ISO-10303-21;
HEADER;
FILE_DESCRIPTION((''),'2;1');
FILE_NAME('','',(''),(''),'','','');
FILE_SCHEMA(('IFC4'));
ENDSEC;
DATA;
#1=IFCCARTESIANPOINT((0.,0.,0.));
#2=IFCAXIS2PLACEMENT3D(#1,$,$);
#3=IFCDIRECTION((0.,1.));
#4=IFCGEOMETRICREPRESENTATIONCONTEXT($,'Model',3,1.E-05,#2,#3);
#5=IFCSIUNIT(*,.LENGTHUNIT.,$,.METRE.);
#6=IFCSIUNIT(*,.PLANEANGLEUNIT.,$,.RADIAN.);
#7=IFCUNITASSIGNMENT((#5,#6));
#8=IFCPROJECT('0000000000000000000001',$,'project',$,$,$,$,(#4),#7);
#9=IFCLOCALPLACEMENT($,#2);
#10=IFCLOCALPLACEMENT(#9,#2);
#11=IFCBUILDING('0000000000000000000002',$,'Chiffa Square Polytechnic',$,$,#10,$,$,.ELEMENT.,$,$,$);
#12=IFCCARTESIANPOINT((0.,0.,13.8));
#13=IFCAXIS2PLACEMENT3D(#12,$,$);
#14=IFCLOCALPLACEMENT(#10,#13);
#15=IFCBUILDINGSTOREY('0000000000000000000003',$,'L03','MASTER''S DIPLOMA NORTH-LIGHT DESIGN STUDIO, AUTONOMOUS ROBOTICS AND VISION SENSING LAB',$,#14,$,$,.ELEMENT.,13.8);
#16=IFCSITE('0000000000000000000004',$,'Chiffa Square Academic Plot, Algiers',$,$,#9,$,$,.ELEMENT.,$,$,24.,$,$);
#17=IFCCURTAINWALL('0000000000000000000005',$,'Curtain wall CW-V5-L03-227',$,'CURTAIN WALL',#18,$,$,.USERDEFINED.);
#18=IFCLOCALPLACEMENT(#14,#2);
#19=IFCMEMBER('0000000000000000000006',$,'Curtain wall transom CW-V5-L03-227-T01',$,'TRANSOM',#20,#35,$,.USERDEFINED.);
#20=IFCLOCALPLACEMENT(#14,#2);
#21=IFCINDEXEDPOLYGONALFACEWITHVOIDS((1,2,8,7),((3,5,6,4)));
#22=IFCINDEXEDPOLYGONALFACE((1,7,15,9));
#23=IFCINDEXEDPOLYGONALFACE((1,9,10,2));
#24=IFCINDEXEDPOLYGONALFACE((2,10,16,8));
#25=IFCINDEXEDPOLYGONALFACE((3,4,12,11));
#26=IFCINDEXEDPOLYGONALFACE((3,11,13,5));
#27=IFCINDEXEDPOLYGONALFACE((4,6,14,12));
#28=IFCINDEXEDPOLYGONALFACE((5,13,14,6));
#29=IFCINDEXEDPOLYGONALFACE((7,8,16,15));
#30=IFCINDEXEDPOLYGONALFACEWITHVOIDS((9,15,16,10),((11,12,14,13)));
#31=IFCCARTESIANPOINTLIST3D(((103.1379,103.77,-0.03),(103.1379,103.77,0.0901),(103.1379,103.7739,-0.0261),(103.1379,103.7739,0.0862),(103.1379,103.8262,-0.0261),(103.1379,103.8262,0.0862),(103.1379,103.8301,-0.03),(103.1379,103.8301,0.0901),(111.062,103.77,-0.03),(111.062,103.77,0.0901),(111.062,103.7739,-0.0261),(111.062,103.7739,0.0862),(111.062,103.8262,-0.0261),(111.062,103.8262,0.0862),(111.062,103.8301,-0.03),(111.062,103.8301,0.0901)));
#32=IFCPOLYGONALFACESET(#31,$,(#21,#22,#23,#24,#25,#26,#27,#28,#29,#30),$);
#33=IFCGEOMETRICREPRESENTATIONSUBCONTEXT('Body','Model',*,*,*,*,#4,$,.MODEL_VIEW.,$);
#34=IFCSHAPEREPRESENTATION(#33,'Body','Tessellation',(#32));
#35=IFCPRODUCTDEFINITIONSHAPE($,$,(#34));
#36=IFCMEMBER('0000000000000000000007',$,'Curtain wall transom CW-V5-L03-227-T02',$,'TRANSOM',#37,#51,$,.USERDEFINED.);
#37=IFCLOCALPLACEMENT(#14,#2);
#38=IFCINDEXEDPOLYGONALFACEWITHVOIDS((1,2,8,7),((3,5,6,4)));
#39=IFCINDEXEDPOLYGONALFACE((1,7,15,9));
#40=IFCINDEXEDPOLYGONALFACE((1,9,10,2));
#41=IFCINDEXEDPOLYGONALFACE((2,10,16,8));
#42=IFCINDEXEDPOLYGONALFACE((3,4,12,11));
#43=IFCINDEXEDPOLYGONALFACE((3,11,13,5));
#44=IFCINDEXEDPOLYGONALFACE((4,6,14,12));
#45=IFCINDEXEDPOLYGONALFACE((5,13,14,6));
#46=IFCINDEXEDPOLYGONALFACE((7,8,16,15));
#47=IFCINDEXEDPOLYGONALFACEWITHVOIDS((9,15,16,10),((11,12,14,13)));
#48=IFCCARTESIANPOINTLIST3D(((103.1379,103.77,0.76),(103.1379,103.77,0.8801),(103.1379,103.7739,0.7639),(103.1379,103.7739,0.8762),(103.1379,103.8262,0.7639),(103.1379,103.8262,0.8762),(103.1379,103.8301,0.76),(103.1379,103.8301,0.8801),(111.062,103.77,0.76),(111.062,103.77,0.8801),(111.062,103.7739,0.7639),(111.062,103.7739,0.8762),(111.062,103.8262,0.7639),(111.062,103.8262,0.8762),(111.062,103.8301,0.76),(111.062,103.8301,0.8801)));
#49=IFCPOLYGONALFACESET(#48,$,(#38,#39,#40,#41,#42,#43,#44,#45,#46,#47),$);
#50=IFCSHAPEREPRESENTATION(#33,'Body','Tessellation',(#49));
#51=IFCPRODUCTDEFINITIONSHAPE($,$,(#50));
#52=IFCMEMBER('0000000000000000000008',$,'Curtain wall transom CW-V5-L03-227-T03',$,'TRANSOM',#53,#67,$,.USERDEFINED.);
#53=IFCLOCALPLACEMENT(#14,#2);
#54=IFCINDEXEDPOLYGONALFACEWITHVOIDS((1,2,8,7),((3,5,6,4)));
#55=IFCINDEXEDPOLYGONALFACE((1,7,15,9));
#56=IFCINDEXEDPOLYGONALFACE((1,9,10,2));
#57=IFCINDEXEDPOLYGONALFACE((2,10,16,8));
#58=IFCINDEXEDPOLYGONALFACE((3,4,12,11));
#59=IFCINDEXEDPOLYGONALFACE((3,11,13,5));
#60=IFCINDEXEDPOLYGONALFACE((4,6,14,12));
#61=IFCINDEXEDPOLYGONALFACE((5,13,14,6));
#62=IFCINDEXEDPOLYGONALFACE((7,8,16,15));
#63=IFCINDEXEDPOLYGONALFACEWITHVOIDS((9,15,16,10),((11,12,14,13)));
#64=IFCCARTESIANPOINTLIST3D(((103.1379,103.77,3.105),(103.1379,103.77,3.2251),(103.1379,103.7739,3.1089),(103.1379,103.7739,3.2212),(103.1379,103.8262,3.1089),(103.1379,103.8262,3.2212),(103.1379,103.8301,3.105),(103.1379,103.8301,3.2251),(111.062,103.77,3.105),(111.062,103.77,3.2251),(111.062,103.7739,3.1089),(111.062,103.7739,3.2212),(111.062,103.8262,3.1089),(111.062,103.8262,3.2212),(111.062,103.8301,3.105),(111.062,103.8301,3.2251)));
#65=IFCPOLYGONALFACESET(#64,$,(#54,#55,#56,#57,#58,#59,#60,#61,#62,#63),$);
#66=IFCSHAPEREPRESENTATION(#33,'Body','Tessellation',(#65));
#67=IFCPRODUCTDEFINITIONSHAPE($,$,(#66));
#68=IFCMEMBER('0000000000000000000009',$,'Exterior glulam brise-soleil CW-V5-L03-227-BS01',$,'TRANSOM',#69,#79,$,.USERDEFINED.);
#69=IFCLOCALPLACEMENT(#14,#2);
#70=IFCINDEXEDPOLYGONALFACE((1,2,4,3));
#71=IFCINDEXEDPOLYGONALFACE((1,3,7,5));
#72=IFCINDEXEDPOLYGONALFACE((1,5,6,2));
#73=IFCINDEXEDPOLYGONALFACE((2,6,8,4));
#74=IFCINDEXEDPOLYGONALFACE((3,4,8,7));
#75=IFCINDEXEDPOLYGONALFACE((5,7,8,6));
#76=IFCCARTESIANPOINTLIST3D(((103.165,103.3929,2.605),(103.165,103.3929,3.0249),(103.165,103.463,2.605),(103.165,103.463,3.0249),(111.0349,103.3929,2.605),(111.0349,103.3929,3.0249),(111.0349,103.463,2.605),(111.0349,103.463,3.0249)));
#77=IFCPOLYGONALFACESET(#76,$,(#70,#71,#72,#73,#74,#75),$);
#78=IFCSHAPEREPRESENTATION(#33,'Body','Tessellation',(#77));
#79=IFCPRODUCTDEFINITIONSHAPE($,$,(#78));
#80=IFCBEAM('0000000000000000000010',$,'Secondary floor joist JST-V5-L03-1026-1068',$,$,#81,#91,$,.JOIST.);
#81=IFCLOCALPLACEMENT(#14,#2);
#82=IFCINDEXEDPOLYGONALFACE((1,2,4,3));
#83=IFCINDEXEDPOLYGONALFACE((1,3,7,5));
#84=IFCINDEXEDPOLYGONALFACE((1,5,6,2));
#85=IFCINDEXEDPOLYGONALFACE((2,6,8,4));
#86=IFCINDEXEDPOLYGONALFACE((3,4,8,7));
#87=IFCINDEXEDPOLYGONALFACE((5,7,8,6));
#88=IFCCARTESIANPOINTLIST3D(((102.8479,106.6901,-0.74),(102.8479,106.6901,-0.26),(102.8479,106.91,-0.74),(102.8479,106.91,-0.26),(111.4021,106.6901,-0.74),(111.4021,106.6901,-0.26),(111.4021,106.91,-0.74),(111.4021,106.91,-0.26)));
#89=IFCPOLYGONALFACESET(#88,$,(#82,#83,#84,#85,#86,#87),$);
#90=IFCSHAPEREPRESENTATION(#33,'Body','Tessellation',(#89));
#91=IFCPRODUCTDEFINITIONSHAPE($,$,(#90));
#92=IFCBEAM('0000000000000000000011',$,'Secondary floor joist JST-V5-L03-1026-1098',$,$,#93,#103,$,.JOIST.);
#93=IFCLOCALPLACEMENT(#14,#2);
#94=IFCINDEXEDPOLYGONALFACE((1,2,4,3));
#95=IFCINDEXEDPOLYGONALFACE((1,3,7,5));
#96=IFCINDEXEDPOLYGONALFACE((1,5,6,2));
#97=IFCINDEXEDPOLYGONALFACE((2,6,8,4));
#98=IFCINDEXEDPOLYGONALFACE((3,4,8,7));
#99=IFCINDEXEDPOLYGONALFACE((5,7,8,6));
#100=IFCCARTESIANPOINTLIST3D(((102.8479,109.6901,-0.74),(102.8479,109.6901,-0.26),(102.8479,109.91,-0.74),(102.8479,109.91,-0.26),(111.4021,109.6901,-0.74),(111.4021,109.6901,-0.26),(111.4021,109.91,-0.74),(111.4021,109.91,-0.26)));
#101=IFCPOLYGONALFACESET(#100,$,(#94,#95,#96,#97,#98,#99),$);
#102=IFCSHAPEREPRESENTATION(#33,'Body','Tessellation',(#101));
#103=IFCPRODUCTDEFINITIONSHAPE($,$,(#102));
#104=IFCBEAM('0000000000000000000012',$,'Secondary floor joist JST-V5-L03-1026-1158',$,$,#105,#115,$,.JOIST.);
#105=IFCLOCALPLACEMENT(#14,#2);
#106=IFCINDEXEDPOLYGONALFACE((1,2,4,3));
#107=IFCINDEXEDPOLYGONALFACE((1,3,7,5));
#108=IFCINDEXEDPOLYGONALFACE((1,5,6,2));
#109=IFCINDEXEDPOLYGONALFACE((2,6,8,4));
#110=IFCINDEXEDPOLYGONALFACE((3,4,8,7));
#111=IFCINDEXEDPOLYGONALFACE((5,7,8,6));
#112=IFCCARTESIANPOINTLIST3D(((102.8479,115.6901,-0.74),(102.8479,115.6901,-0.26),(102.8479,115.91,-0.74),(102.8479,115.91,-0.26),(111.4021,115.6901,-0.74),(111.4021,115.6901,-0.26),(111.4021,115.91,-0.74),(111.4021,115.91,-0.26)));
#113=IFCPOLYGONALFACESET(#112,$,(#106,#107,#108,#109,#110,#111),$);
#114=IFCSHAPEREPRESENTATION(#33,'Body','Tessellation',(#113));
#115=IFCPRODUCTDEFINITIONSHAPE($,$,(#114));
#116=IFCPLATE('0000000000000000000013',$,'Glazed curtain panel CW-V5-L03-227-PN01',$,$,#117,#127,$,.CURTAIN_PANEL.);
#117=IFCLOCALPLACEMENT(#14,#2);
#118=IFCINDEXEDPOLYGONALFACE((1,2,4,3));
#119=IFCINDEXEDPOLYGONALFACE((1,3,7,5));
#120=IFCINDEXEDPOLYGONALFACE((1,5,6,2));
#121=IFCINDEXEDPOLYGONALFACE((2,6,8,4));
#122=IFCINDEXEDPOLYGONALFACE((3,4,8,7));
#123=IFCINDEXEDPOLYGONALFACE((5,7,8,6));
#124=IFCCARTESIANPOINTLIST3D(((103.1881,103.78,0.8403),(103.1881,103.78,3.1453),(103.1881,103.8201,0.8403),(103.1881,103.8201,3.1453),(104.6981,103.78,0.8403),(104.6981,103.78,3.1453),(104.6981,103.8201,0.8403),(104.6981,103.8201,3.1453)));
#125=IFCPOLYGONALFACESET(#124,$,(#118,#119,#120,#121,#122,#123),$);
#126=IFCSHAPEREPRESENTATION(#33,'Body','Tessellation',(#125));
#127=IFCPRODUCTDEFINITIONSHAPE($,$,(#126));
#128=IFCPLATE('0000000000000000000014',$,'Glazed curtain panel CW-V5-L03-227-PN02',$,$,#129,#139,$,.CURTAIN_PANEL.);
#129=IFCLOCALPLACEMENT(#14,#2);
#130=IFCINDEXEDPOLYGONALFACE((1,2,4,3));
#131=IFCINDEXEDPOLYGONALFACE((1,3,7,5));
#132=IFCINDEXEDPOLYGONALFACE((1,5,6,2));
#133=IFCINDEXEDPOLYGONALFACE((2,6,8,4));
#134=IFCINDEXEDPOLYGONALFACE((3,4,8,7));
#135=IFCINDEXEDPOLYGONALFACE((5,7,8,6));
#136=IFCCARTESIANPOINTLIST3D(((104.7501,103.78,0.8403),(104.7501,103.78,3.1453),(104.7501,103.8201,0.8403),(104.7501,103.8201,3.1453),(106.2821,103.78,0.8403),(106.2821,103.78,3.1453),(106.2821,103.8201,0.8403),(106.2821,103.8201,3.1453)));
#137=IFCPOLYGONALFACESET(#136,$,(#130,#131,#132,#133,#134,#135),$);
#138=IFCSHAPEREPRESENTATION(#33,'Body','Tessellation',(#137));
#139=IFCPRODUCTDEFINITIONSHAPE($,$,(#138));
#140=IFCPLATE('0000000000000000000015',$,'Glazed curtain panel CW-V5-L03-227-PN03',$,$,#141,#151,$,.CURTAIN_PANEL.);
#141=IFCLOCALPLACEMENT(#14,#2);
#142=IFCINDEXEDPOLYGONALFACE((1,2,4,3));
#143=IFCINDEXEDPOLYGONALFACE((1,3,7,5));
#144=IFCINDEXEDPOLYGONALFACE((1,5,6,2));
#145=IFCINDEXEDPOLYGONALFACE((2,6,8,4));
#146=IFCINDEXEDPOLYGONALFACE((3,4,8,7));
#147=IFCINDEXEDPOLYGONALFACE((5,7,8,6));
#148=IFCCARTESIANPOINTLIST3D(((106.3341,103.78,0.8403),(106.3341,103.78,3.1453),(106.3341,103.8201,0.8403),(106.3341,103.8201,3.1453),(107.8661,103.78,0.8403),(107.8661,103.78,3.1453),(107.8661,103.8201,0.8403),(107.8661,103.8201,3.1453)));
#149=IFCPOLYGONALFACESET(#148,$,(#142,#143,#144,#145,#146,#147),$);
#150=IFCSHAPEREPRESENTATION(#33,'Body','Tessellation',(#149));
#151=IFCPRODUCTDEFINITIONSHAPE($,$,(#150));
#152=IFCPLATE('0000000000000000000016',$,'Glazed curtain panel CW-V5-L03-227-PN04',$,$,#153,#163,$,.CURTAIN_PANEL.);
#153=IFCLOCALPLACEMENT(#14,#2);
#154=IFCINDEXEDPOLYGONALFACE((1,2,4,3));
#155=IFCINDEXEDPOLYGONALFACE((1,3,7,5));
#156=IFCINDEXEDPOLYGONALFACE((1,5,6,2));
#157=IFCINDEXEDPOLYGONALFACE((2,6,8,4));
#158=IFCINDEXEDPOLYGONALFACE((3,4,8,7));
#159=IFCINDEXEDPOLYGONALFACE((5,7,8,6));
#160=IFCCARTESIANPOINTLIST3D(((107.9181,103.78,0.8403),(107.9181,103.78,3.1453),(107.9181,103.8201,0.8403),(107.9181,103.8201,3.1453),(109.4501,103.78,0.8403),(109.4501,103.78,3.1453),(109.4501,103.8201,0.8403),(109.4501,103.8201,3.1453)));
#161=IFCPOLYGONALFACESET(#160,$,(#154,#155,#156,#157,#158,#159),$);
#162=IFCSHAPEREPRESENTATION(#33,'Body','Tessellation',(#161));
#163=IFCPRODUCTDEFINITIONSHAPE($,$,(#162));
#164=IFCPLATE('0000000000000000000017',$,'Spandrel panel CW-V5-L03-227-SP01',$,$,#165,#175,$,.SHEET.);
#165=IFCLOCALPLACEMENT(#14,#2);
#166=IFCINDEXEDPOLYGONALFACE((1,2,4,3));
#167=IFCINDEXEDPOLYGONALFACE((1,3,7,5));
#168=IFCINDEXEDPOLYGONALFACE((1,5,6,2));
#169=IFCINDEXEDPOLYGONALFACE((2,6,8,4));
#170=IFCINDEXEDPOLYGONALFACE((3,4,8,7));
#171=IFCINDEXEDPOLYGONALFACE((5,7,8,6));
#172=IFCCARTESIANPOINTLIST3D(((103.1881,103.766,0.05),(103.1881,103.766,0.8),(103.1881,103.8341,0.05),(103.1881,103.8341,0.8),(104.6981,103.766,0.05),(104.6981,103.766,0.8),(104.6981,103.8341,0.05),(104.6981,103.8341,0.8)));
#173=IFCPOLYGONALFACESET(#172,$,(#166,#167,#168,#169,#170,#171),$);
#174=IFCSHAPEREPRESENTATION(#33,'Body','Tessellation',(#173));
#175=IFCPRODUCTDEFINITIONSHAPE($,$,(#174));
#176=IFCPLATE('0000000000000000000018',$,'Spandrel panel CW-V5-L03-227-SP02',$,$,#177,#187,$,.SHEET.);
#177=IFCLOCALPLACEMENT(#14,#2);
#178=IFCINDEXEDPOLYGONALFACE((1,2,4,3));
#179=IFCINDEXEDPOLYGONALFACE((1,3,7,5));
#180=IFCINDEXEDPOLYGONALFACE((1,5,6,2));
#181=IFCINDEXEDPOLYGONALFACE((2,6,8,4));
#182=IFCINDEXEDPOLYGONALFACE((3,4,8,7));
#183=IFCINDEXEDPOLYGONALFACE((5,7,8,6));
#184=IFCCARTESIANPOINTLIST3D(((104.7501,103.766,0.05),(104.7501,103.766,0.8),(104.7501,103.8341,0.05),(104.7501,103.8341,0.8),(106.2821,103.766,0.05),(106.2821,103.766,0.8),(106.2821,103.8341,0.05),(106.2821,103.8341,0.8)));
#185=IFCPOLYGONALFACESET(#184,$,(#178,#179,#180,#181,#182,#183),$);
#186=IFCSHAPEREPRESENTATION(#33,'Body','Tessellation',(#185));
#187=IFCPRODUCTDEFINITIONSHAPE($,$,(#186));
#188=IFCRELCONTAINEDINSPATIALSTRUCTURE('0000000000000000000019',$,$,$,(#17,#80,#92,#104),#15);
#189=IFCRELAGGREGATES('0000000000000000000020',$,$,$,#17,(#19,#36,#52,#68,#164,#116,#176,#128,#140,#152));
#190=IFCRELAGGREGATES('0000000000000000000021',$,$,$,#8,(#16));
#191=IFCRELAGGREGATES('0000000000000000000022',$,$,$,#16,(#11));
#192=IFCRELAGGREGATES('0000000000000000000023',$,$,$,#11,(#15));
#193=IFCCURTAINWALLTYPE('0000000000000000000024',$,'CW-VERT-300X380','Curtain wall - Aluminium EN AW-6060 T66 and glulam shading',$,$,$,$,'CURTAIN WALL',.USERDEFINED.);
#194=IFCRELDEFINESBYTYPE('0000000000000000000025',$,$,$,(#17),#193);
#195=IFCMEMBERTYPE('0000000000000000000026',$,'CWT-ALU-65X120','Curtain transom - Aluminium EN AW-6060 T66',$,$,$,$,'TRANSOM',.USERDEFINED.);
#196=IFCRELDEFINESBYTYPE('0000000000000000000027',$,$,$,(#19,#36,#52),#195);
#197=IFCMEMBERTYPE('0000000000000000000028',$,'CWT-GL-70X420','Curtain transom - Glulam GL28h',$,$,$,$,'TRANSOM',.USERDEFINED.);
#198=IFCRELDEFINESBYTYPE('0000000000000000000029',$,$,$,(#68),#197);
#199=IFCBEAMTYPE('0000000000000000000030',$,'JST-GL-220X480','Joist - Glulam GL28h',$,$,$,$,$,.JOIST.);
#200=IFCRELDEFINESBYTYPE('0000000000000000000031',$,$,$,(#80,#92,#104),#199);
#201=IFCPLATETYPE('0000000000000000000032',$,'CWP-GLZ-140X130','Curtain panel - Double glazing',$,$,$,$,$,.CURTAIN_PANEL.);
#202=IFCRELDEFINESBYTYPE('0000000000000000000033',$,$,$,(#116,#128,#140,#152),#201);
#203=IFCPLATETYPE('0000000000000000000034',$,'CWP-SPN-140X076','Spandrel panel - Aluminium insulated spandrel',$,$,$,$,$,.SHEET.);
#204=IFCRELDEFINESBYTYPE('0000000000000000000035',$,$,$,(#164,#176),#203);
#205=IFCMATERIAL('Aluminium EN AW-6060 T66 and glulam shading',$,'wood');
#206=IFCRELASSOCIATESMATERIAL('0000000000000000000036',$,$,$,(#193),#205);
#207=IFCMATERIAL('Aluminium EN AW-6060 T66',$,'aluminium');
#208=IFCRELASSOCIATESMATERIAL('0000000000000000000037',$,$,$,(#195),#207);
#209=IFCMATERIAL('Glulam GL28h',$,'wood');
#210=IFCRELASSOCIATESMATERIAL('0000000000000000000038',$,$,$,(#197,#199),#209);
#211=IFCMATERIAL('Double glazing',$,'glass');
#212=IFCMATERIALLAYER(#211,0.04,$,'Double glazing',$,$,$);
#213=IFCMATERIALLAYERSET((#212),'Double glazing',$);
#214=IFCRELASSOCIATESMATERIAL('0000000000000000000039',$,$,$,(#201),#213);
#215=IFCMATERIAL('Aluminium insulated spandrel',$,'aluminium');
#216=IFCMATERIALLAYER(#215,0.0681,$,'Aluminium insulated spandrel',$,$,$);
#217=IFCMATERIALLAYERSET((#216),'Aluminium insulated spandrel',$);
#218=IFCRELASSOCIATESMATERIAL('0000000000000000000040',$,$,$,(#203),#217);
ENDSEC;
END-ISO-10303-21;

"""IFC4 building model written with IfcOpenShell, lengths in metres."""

from ifc_helpers import new_model, si_unit, direction, frame, origin, origin_2d, place, context, subcontext, project, spatial, rectangle, hollow_rectangle, extrude, material, layer, layer_set, material_profile, profile_set, type_object, element, aggregate, save


model = new_model("IFC4")

# Units and contexts
model_context = context("Model", 3, precision=1e-05, world=origin(), true_north=direction((0.0, 1.0)))
body_context = subcontext(model_context, "Body", "Model", "MODEL_VIEW")
ifc_project = project(units=[si_unit("LENGTHUNIT", "METRE"), si_unit("PLANEANGLEUNIT", "RADIAN")], contexts=[model_context])

# Site, building, storey
site_placement = place(None, origin())
site = spatial("IfcSite", under=ifc_project, at=site_placement, Name="Chiffa Square Academic Plot, Algiers", CompositionType="ELEMENT", RefElevation=24.0)
building_placement = place(site_placement, origin())
building = spatial("IfcBuilding", under=site, at=building_placement, Name="Chiffa Square Polytechnic", CompositionType="ELEMENT")
storey_placement = place(building_placement, frame((0.0, 0.0, 13.8)))
storey = spatial("IfcBuildingStorey", under=building, at=storey_placement, Name="L03", Description="MASTER'S DIPLOMA NORTH-LIGHT DESIGN STUDIO, AUTONOMOUS ROBOTICS AND VISION SENSING LAB", CompositionType="ELEMENT", Elevation=13.8)

# Curtain wall, members
ifc_material_1 = material(Name="Aluminium EN AW-6060 T66 and glulam shading", Category="wood")
curtain_wall_type = type_object("IfcCurtainWallType", Name="CW-VERT-300X380", Description="Curtain wall - Aluminium EN AW-6060 T66 and glulam shading", ElementType="CURTAIN WALL", PredefinedType="USERDEFINED", material=ifc_material_1)
curtain_wall_placement = place(storey_placement, origin())
curtain_wall = element("IfcCurtainWall", 1, at=curtain_wall_placement, inside=storey, type_object=curtain_wall_type, Name="Curtain wall CW-V5-L03-227", ObjectType="CURTAIN WALL", PredefinedType="USERDEFINED")
ifc_material_2 = material(Name="Aluminium EN AW-6060 T66", Category="aluminium")
ifc_material_3 = material(Name="Glulam GL28h", Category="wood")
ifc_material_profile_1 = material_profile(ifc_material_2, hollow_rectangle(XDim=0.0601, YDim=0.1201, WallThickness=0.0039, at=origin_2d()), Name="ALU 60x120x4")
ifc_profile_set_1 = profile_set([ifc_material_profile_1], Name="Aluminium EN AW-6060 T66")
member_type_1 = type_object("IfcMemberType", Name="CWT-ALU-65X120", Description="Curtain transom - Aluminium EN AW-6060 T66", ElementType="TRANSOM", PredefinedType="USERDEFINED", material=ifc_profile_set_1)
member_1_placement = place(storey_placement, frame((103.1379, 103.8, 0.03), z_axis=(1.0, 0.0, 0.0), x_axis=(0.0, 1.0, 0.0)))
member_1 = element("IfcMember", 2, at=member_1_placement, type_object=member_type_1, Name="Curtain wall transom CW-V5-L03-227-T01", ObjectType="TRANSOM", PredefinedType="USERDEFINED", context=body_context, shape_type="SweptSolid", body=[
    extrude(hollow_rectangle(XDim=0.0601, YDim=0.1201, WallThickness=0.0039, at=origin_2d()), origin(), (0.0, 0.0, 1.0), 7.9241),
])
member_2_placement = place(storey_placement, frame((103.1379, 103.8, 0.8201), z_axis=(1.0, 0.0, 0.0), x_axis=(0.0, 1.0, 0.0)))
member_2 = element("IfcMember", 3, at=member_2_placement, type_object=member_type_1, Name="Curtain wall transom CW-V5-L03-227-T02", ObjectType="TRANSOM", PredefinedType="USERDEFINED", context=body_context, shape_type="SweptSolid", body=[
    extrude(hollow_rectangle(XDim=0.0601, YDim=0.1201, WallThickness=0.0039, at=origin_2d()), origin(), (0.0, 0.0, 1.0), 7.9241),
])
member_3_placement = place(storey_placement, frame((103.1379, 103.8, 3.165), z_axis=(1.0, 0.0, 0.0), x_axis=(0.0, 1.0, 0.0)))
member_3 = element("IfcMember", 4, at=member_3_placement, type_object=member_type_1, Name="Curtain wall transom CW-V5-L03-227-T03", ObjectType="TRANSOM", PredefinedType="USERDEFINED", context=body_context, shape_type="SweptSolid", body=[
    extrude(hollow_rectangle(XDim=0.0601, YDim=0.1201, WallThickness=0.0039, at=origin_2d()), origin(), (0.0, 0.0, 1.0), 7.9241),
])
ifc_material_profile_2 = material_profile(ifc_material_3, rectangle(XDim=0.0701, YDim=0.4199, at=origin_2d()), Name="GL28h 70x420")
ifc_profile_set_2 = profile_set([ifc_material_profile_2], Name="Glulam GL28h")
member_type_2 = type_object("IfcMemberType", Name="CWT-GL-70X420", Description="Curtain transom - Glulam GL28h", ElementType="TRANSOM", PredefinedType="USERDEFINED", material=ifc_profile_set_2)
member_4_placement = place(storey_placement, frame((103.165, 103.428, 2.8149), z_axis=(1.0, 0.0, 0.0), x_axis=(0.0, 1.0, 0.0)))
member_4 = element("IfcMember", 5, at=member_4_placement, type_object=member_type_2, Name="Exterior glulam brise-soleil CW-V5-L03-227-BS01", ObjectType="TRANSOM", PredefinedType="USERDEFINED", context=body_context, shape_type="SweptSolid", body=[
    extrude(rectangle(XDim=0.0701, YDim=0.4199, at=origin_2d()), origin(), (0.0, 0.0, 1.0), 7.8699),
])

# Beams
ifc_material_profile_3 = material_profile(ifc_material_3, rectangle(XDim=0.22, YDim=0.48, at=origin_2d()), Name="GL28h 220x480")
ifc_profile_set_3 = profile_set([ifc_material_profile_3], Name="Glulam GL28h")
beam_type_1 = type_object("IfcBeamType", Name="JST-GL-220X480", Description="Joist - Glulam GL28h", PredefinedType="JOIST", material=ifc_profile_set_3)
for number, where, z_axis, x_axis, name in (
    (6, (102.8479, 106.8, -0.5), (1.0, 0.0, 0.0), (0.0, 1.0, 0.0), "Secondary floor joist JST-V5-L03-1026-1068"),
    (7, (102.8479, 109.8, -0.5), (1.0, 0.0, 0.0), (0.0, 1.0, 0.0), "Secondary floor joist JST-V5-L03-1026-1098"),
    (8, (102.8479, 115.8, -0.5), (1.0, 0.0, 0.0), (0.0, 1.0, 0.0), "Secondary floor joist JST-V5-L03-1026-1158"),
):
    element("IfcBeam", number, at=place(storey_placement, frame(where, z_axis=z_axis, x_axis=x_axis)), inside=storey, type_object=beam_type_1, Name=name, PredefinedType="JOIST", context=body_context, shape_type="SweptSolid", body=[
        extrude(rectangle(XDim=0.22, YDim=0.48, at=origin_2d()), origin(), (0.0, 0.0, 1.0), 8.5542),
    ])

# Plates
ifc_material_4 = material(Name="Double glazing", Category="glass")
ifc_layer_1 = layer(ifc_material_4, 0.04, Name="Double glazing")
ifc_layer_set_1 = layer_set([ifc_layer_1], Name="Double glazing")
plate_type_1 = type_object("IfcPlateType", Name="CWP-GLZ-140X130", Description="Curtain panel - Double glazing", PredefinedType="CURTAIN_PANEL", material=ifc_layer_set_1)
plate_1_placement = place(storey_placement, frame((103.9431, 103.8, 0.8403), z_axis=(0.0, 0.0, 1.0), x_axis=(1.0, 0.0, 0.0)))
plate_1 = element("IfcPlate", 9, at=plate_1_placement, type_object=plate_type_1, Name="Glazed curtain panel CW-V5-L03-227-PN01", PredefinedType="CURTAIN_PANEL", context=body_context, shape_type="SweptSolid", body=[
    extrude(rectangle(XDim=1.51, YDim=0.04, at=origin_2d()), origin(), (0.0, 0.0, 1.0), 2.3049),
])
plate_2_placement = place(storey_placement, frame((105.5161, 103.8, 0.8403), z_axis=(0.0, 0.0, 1.0), x_axis=(1.0, 0.0, 0.0)))
plate_2 = element("IfcPlate", 10, at=plate_2_placement, type_object=plate_type_1, Name="Glazed curtain panel CW-V5-L03-227-PN02", PredefinedType="CURTAIN_PANEL", context=body_context, shape_type="SweptSolid", body=[
    extrude(rectangle(XDim=1.532, YDim=0.04, at=origin_2d()), origin(), (0.0, 0.0, 1.0), 2.3049),
])
plate_3_placement = place(storey_placement, frame((107.1001, 103.8, 0.8403), z_axis=(0.0, 0.0, 1.0), x_axis=(1.0, 0.0, 0.0)))
plate_3 = element("IfcPlate", 11, at=plate_3_placement, type_object=plate_type_1, Name="Glazed curtain panel CW-V5-L03-227-PN03", PredefinedType="CURTAIN_PANEL", context=body_context, shape_type="SweptSolid", body=[
    extrude(rectangle(XDim=1.532, YDim=0.04, at=origin_2d()), origin(), (0.0, 0.0, 1.0), 2.3049),
])
plate_4_placement = place(storey_placement, frame((108.6841, 103.8, 0.8403), z_axis=(0.0, 0.0, 1.0), x_axis=(1.0, 0.0, 0.0)))
plate_4 = element("IfcPlate", 12, at=plate_4_placement, type_object=plate_type_1, Name="Glazed curtain panel CW-V5-L03-227-PN04", PredefinedType="CURTAIN_PANEL", context=body_context, shape_type="SweptSolid", body=[
    extrude(rectangle(XDim=1.532, YDim=0.04, at=origin_2d()), origin(), (0.0, 0.0, 1.0), 2.3049),
])
ifc_material_5 = material(Name="Aluminium insulated spandrel", Category="aluminium")
ifc_layer_2 = layer(ifc_material_5, 0.0681, Name="Aluminium insulated spandrel")
ifc_layer_set_2 = layer_set([ifc_layer_2], Name="Aluminium insulated spandrel")
plate_type_2 = type_object("IfcPlateType", Name="CWP-SPN-140X076", Description="Spandrel panel - Aluminium insulated spandrel", PredefinedType="SHEET", material=ifc_layer_set_2)
plate_5_placement = place(storey_placement, frame((103.9431, 103.8, 0.05), z_axis=(0.0, 0.0, 1.0), x_axis=(1.0, 0.0, 0.0)))
plate_5 = element("IfcPlate", 13, at=plate_5_placement, type_object=plate_type_2, Name="Spandrel panel CW-V5-L03-227-SP01", PredefinedType="SHEET", context=body_context, shape_type="SweptSolid", body=[
    extrude(rectangle(XDim=1.51, YDim=0.0681, at=origin_2d()), origin(), (0.0, 0.0, 1.0), 0.75),
])
plate_6_placement = place(storey_placement, frame((105.5161, 103.8, 0.05), z_axis=(0.0, 0.0, 1.0), x_axis=(1.0, 0.0, 0.0)))
plate_6 = element("IfcPlate", 14, at=plate_6_placement, type_object=plate_type_2, Name="Spandrel panel CW-V5-L03-227-SP02", PredefinedType="SHEET", context=body_context, shape_type="SweptSolid", body=[
    extrude(rectangle(XDim=1.532, YDim=0.0681, at=origin_2d()), origin(), (0.0, 0.0, 1.0), 0.75),
])
aggregate(curtain_wall, [member_1, member_2, member_3, member_4, plate_5, plate_1, plate_6, plate_2, plate_3, plate_4])

save(model, "model.ifc")
